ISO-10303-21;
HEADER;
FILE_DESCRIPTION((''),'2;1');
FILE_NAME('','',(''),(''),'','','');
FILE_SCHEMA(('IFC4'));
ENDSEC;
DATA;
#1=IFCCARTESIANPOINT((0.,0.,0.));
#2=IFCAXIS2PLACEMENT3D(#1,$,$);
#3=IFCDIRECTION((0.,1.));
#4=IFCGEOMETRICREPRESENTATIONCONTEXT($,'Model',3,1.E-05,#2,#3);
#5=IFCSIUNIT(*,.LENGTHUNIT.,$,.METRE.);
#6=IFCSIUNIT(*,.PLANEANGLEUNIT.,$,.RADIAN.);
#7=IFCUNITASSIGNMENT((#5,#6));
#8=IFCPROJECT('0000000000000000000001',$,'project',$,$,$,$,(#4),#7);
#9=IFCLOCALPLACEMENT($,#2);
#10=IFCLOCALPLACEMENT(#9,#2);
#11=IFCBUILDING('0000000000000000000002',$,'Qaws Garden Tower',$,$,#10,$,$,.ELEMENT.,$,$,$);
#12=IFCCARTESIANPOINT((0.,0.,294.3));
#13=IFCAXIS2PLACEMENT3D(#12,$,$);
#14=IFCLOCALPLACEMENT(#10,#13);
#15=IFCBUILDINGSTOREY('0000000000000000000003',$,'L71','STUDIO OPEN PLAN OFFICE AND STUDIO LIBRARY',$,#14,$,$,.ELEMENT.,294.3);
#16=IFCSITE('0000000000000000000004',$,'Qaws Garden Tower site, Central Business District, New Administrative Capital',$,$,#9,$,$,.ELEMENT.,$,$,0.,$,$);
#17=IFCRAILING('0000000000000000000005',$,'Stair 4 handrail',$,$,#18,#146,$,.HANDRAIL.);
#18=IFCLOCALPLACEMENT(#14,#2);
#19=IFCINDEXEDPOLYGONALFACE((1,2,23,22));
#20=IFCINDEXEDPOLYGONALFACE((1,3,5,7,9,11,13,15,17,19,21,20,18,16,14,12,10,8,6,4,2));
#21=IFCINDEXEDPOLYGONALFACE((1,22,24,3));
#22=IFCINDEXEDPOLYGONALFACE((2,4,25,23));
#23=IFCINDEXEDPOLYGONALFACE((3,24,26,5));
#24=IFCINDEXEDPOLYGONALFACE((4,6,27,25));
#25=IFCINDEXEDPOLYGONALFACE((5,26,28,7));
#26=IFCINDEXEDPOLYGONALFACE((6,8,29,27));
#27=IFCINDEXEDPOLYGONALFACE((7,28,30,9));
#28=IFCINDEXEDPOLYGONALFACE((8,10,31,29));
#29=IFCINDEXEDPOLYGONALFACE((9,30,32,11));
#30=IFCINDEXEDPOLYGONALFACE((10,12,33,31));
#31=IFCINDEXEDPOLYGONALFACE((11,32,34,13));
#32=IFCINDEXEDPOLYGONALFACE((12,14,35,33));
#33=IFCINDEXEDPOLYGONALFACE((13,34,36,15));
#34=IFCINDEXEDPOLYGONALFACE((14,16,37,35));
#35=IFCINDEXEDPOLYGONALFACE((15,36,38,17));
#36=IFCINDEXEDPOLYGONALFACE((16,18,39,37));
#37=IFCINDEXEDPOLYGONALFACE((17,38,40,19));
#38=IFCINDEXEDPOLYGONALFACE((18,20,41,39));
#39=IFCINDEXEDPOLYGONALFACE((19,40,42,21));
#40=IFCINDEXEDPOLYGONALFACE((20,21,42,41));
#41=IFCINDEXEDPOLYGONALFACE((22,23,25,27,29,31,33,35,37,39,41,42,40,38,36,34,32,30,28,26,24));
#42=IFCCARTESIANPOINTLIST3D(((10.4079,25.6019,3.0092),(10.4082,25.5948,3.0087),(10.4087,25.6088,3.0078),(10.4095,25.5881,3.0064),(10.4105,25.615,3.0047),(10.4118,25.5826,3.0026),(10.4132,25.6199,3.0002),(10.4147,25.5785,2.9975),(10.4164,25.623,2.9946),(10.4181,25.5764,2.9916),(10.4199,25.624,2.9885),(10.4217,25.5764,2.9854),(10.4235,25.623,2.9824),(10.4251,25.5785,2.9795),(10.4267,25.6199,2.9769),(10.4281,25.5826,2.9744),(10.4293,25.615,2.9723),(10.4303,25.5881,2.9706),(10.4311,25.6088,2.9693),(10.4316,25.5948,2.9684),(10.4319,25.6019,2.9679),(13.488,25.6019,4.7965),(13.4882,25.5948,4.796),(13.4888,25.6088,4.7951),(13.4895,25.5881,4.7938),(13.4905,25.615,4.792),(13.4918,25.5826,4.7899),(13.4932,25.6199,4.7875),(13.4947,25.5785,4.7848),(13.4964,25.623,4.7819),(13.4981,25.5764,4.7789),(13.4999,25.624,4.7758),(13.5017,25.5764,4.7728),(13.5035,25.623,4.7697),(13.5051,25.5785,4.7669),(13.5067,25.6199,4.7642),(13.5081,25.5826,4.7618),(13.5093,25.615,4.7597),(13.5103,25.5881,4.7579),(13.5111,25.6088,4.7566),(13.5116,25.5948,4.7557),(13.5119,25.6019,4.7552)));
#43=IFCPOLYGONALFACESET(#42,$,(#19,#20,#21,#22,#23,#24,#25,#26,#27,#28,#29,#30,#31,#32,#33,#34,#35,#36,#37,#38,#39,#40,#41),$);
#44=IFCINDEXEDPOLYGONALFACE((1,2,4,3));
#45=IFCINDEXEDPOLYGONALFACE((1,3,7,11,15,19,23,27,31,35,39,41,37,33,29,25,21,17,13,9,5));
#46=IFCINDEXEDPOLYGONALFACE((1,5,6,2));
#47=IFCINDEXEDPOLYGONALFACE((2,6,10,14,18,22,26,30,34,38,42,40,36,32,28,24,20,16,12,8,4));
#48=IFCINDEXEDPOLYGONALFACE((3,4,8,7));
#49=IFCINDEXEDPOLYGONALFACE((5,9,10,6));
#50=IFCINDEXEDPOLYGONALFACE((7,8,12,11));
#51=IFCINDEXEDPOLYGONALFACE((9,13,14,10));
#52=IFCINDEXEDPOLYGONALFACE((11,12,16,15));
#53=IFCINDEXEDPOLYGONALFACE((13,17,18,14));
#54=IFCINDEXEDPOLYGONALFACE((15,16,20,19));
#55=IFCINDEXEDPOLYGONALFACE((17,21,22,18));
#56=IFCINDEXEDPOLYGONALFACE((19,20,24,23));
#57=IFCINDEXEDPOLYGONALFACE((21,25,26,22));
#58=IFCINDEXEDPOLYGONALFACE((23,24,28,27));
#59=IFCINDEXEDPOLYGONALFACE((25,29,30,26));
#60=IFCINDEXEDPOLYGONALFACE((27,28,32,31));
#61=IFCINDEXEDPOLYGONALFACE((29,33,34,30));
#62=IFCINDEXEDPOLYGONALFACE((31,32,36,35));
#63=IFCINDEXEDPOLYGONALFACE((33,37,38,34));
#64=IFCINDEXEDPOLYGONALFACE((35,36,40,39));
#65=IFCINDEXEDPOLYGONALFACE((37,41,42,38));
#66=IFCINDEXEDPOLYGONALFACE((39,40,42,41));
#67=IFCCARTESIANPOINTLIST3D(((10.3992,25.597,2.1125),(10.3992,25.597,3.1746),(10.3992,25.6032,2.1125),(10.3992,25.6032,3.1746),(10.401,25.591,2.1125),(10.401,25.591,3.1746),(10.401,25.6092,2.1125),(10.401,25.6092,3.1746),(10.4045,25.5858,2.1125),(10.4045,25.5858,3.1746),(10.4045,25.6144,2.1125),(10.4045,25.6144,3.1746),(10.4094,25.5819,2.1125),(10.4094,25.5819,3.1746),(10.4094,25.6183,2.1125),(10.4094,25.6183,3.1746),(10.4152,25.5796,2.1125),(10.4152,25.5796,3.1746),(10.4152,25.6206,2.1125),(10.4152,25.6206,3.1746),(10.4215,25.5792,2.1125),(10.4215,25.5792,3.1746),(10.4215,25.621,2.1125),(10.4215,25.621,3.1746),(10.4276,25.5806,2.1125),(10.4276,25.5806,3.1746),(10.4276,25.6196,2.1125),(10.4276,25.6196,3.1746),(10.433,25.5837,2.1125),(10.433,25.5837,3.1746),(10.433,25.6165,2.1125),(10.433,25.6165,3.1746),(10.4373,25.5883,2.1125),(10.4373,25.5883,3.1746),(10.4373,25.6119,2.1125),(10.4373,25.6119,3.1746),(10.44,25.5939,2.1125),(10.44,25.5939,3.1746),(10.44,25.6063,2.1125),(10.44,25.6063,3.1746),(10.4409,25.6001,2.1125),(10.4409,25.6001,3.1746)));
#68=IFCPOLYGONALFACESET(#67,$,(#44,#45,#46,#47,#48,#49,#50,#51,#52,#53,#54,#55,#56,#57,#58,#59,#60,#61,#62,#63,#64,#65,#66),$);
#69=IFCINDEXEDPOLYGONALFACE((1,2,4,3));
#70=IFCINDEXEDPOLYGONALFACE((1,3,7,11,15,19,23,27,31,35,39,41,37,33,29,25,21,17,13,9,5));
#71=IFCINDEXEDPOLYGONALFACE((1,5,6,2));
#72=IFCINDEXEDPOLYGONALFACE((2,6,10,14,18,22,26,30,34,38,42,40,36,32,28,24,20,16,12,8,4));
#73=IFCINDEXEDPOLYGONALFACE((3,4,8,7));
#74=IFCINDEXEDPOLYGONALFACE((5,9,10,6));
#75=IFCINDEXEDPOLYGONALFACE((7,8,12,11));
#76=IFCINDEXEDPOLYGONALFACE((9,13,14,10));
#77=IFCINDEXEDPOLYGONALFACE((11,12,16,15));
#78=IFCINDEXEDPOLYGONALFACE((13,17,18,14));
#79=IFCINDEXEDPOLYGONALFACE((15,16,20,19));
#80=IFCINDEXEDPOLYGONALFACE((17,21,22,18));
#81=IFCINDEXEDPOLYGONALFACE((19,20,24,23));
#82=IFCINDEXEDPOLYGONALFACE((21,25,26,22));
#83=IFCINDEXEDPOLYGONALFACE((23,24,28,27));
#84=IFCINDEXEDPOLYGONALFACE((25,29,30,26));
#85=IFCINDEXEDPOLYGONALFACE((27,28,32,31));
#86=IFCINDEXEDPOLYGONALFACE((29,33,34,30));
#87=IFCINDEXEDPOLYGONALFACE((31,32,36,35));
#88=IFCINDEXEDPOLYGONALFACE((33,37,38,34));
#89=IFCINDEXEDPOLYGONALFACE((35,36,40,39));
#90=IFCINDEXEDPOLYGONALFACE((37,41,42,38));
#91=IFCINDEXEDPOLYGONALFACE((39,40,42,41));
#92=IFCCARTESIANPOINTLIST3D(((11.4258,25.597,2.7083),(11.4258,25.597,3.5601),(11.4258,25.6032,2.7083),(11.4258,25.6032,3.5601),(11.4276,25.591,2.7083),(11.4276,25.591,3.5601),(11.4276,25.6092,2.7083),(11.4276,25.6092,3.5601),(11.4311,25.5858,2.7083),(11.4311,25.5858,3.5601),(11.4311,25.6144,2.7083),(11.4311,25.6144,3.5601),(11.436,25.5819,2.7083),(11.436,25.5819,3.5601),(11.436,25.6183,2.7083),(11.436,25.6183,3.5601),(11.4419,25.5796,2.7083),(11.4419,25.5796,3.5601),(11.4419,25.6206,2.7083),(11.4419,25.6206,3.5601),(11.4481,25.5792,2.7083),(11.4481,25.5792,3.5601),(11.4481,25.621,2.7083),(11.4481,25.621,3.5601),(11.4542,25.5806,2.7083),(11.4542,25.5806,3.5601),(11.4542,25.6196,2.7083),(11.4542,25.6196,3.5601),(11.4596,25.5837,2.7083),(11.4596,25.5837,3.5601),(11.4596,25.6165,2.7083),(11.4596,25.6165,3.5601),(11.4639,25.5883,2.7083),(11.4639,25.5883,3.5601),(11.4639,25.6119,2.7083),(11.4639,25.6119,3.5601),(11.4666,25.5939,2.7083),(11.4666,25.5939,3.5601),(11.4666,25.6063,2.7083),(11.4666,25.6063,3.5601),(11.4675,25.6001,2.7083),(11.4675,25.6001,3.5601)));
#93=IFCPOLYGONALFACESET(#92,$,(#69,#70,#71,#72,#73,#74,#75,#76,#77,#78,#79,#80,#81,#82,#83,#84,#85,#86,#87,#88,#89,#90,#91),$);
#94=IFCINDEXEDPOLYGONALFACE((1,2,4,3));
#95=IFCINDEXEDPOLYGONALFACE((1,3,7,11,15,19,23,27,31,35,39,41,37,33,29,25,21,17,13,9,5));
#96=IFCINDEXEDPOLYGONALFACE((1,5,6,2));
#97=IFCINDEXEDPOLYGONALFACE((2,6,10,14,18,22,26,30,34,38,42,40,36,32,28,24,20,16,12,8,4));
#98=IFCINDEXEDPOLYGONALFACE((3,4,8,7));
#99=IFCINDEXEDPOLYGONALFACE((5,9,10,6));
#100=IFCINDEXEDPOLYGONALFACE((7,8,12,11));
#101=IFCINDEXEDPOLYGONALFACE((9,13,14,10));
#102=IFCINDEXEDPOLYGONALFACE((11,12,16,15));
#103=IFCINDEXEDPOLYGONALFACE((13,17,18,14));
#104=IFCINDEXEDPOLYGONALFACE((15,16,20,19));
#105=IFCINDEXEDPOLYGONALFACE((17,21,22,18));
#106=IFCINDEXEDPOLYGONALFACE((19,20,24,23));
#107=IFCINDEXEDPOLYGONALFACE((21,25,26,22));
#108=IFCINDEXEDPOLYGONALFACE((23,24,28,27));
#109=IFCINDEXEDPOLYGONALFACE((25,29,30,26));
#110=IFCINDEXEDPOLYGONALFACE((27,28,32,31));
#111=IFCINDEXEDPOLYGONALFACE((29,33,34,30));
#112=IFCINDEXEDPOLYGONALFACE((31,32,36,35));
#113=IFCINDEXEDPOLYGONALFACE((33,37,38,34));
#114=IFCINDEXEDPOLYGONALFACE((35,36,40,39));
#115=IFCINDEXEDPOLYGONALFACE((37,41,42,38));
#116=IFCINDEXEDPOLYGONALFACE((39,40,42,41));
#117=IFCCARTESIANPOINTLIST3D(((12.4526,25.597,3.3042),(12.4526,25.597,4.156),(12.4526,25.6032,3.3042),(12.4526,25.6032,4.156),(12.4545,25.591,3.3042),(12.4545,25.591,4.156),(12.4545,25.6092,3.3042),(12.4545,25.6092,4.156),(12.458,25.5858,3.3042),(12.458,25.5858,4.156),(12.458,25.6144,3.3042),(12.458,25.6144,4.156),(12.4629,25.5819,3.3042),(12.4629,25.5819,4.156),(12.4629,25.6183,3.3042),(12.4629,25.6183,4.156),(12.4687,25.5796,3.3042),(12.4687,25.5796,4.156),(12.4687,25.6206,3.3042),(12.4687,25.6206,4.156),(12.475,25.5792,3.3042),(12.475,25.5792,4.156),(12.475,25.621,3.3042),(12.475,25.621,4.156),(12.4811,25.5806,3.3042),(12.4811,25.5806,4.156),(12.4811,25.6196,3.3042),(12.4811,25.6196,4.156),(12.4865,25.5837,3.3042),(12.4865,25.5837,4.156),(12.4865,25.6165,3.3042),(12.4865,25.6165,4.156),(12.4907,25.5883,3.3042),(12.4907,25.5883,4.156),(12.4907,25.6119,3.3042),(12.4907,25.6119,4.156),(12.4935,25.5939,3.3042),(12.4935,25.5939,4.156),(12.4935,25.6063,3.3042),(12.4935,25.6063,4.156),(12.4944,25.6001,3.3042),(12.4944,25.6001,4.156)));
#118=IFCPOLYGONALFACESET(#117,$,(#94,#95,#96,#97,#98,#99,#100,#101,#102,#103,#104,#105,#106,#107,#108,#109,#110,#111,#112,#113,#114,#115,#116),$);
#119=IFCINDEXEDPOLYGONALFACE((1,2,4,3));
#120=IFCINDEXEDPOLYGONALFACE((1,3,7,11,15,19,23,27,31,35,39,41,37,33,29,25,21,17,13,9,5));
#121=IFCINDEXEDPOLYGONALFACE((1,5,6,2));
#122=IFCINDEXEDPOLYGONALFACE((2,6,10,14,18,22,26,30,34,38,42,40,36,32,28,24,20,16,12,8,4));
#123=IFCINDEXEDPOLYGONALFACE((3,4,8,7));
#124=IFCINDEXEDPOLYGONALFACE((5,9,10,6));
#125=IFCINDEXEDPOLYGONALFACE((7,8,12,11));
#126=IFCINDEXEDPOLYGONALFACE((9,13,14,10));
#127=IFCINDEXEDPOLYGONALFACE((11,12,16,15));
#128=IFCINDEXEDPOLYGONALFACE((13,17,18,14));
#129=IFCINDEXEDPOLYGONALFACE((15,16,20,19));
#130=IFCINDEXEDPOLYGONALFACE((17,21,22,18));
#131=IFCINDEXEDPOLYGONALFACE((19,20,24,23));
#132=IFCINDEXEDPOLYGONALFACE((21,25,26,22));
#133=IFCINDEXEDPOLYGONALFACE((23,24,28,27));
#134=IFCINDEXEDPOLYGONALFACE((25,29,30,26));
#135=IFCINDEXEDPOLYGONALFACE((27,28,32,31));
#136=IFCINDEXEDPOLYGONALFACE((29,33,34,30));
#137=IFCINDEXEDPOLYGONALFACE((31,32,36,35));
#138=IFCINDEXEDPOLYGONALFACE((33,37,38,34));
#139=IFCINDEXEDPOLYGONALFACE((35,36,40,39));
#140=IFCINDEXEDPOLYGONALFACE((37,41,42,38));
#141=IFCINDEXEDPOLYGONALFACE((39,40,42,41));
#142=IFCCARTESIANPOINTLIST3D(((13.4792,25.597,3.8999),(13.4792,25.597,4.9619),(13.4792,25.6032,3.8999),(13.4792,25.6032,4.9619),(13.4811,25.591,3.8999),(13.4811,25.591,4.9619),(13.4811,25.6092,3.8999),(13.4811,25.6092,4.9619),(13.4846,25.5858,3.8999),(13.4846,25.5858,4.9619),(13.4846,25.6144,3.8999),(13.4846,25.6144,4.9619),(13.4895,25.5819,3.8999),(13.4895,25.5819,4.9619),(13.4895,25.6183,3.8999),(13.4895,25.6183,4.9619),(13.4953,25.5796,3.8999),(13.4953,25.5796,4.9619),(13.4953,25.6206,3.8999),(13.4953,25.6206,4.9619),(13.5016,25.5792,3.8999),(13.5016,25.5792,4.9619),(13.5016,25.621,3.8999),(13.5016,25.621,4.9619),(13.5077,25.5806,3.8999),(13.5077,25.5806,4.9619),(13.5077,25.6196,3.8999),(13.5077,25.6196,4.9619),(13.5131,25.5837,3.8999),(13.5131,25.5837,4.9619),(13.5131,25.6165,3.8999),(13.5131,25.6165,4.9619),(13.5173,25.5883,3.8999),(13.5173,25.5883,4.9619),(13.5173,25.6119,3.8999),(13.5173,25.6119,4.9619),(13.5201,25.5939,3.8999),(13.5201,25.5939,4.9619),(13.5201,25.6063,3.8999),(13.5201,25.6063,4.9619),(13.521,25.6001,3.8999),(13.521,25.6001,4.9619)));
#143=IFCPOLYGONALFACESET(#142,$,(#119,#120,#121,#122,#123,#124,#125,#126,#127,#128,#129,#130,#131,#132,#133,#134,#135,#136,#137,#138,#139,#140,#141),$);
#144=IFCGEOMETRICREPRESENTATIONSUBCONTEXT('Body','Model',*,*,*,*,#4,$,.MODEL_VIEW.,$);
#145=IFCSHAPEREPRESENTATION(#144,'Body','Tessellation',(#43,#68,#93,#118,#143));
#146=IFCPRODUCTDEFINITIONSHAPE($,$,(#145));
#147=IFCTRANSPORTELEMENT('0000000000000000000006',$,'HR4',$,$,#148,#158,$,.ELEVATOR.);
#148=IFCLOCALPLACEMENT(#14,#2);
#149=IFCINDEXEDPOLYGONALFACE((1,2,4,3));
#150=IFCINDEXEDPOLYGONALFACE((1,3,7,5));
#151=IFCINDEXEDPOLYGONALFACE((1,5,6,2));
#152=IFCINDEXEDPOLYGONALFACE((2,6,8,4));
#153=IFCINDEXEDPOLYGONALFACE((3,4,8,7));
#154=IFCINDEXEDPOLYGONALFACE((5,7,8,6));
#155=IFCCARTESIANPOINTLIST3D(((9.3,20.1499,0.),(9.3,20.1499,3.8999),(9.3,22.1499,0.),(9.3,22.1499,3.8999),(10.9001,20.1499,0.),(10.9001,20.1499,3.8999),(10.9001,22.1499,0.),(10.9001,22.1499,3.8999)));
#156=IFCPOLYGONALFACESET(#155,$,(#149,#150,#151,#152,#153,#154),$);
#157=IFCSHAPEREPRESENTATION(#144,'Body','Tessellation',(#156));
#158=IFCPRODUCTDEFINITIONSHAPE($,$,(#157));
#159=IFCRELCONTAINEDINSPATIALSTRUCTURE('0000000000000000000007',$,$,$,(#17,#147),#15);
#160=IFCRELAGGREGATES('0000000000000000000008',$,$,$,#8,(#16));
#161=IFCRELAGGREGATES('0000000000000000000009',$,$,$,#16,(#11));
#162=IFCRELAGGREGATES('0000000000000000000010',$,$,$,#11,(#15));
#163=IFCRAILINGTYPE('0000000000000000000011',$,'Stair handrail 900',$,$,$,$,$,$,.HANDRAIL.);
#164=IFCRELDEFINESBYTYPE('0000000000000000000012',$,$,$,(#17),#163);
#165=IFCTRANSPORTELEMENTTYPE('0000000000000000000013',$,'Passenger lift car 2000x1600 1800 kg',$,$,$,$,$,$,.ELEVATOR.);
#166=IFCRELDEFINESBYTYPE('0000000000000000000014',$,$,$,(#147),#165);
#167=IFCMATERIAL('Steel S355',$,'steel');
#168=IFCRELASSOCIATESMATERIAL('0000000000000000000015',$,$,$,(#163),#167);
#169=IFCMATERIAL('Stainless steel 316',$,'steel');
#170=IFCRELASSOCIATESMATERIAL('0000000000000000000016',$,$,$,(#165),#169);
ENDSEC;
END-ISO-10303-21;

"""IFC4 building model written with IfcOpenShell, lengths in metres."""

from ifc_helpers import new_model, si_unit, direction, frame, origin, origin_2d, place, context, subcontext, project, spatial, rectangle, circle, extrude, material, type_object, element, save


model = new_model("IFC4")

# Units and contexts
model_context = context("Model", 3, precision=1e-05, world=origin(), true_north=direction((0.0, 1.0)))
body_context = subcontext(model_context, "Body", "Model", "MODEL_VIEW")
ifc_project = project(units=[si_unit("LENGTHUNIT", "METRE"), si_unit("PLANEANGLEUNIT", "RADIAN")], contexts=[model_context])

# Site, building, storey
site_placement = place(None, origin())
site = spatial("IfcSite", under=ifc_project, at=site_placement, Name="Qaws Garden Tower site, Central Business District, New Administrative Capital", CompositionType="ELEMENT", RefElevation=0.0)
building_placement = place(site_placement, origin())
building = spatial("IfcBuilding", under=site, at=building_placement, Name="Qaws Garden Tower", CompositionType="ELEMENT")
storey_placement = place(building_placement, frame((0.0, 0.0, 294.3)))
storey = spatial("IfcBuildingStorey", under=building, at=storey_placement, Name="L71", Description="STUDIO OPEN PLAN OFFICE AND STUDIO LIBRARY", CompositionType="ELEMENT", Elevation=294.3)

# Railing
ifc_material_1 = material(Name="Steel S355", Category="steel")
railing_type = type_object("IfcRailingType", Name="Stair handrail 900", PredefinedType="HANDRAIL", material=ifc_material_1)
railing_1_placement = place(storey_placement, frame((10.4199, 25.6001, 2.1125)))
element("IfcRailing", 1, at=railing_1_placement, inside=storey, type_object=railing_type, Name="Stair 4 handrail", PredefinedType="HANDRAIL", context=body_context, shape_type="SweptSolid", body=[
    extrude(circle(Radius=0.0239, at=origin_2d()), frame((0.0, 0.0, 0.876), z_axis=(0.86492, 0.0, 0.501909), x_axis=(0.0, 1.0, 0.0)), (0.0, 0.0, 1.0), 3.561),
    extrude(circle(Radius=0.021, at=origin_2d()), origin(), (0.0, 0.0, 1.0), 1.062),
    extrude(circle(Radius=0.021, at=origin_2d()), frame((1.0266, 0.0, 0.5957)), (0.0, 0.0, 1.0), 0.8518),
    extrude(circle(Radius=0.021, at=origin_2d()), frame((2.0535, 0.0, 1.1917)), (0.0, 0.0, 1.0), 0.8518),
    extrude(circle(Radius=0.021, at=origin_2d()), frame((3.0801, 0.0, 1.7874)), (0.0, 0.0, 1.0), 1.062),
])

# Transport element
ifc_material_2 = material(Name="Stainless steel 316", Category="steel")
transport_element_type = type_object("IfcTransportElementType", Name="Passenger lift car 2000x1600 1800 kg", PredefinedType="ELEVATOR", material=ifc_material_2)
transport_element_placement = place(storey_placement, frame((10.1001, 21.1499, 0.0), z_axis=(0.0, 0.0, 1.0), x_axis=(1.0, 0.0, 0.0)))
element("IfcTransportElement", 2, at=transport_element_placement, inside=storey, type_object=transport_element_type, Name="HR4", PredefinedType="ELEVATOR", context=body_context, shape_type="SweptSolid", body=[
    extrude(rectangle(XDim=1.6001, YDim=2.0, at=origin_2d()), origin(), (0.0, 0.0, 1.0), 3.8999),
])

save(model, "model.ifc")
